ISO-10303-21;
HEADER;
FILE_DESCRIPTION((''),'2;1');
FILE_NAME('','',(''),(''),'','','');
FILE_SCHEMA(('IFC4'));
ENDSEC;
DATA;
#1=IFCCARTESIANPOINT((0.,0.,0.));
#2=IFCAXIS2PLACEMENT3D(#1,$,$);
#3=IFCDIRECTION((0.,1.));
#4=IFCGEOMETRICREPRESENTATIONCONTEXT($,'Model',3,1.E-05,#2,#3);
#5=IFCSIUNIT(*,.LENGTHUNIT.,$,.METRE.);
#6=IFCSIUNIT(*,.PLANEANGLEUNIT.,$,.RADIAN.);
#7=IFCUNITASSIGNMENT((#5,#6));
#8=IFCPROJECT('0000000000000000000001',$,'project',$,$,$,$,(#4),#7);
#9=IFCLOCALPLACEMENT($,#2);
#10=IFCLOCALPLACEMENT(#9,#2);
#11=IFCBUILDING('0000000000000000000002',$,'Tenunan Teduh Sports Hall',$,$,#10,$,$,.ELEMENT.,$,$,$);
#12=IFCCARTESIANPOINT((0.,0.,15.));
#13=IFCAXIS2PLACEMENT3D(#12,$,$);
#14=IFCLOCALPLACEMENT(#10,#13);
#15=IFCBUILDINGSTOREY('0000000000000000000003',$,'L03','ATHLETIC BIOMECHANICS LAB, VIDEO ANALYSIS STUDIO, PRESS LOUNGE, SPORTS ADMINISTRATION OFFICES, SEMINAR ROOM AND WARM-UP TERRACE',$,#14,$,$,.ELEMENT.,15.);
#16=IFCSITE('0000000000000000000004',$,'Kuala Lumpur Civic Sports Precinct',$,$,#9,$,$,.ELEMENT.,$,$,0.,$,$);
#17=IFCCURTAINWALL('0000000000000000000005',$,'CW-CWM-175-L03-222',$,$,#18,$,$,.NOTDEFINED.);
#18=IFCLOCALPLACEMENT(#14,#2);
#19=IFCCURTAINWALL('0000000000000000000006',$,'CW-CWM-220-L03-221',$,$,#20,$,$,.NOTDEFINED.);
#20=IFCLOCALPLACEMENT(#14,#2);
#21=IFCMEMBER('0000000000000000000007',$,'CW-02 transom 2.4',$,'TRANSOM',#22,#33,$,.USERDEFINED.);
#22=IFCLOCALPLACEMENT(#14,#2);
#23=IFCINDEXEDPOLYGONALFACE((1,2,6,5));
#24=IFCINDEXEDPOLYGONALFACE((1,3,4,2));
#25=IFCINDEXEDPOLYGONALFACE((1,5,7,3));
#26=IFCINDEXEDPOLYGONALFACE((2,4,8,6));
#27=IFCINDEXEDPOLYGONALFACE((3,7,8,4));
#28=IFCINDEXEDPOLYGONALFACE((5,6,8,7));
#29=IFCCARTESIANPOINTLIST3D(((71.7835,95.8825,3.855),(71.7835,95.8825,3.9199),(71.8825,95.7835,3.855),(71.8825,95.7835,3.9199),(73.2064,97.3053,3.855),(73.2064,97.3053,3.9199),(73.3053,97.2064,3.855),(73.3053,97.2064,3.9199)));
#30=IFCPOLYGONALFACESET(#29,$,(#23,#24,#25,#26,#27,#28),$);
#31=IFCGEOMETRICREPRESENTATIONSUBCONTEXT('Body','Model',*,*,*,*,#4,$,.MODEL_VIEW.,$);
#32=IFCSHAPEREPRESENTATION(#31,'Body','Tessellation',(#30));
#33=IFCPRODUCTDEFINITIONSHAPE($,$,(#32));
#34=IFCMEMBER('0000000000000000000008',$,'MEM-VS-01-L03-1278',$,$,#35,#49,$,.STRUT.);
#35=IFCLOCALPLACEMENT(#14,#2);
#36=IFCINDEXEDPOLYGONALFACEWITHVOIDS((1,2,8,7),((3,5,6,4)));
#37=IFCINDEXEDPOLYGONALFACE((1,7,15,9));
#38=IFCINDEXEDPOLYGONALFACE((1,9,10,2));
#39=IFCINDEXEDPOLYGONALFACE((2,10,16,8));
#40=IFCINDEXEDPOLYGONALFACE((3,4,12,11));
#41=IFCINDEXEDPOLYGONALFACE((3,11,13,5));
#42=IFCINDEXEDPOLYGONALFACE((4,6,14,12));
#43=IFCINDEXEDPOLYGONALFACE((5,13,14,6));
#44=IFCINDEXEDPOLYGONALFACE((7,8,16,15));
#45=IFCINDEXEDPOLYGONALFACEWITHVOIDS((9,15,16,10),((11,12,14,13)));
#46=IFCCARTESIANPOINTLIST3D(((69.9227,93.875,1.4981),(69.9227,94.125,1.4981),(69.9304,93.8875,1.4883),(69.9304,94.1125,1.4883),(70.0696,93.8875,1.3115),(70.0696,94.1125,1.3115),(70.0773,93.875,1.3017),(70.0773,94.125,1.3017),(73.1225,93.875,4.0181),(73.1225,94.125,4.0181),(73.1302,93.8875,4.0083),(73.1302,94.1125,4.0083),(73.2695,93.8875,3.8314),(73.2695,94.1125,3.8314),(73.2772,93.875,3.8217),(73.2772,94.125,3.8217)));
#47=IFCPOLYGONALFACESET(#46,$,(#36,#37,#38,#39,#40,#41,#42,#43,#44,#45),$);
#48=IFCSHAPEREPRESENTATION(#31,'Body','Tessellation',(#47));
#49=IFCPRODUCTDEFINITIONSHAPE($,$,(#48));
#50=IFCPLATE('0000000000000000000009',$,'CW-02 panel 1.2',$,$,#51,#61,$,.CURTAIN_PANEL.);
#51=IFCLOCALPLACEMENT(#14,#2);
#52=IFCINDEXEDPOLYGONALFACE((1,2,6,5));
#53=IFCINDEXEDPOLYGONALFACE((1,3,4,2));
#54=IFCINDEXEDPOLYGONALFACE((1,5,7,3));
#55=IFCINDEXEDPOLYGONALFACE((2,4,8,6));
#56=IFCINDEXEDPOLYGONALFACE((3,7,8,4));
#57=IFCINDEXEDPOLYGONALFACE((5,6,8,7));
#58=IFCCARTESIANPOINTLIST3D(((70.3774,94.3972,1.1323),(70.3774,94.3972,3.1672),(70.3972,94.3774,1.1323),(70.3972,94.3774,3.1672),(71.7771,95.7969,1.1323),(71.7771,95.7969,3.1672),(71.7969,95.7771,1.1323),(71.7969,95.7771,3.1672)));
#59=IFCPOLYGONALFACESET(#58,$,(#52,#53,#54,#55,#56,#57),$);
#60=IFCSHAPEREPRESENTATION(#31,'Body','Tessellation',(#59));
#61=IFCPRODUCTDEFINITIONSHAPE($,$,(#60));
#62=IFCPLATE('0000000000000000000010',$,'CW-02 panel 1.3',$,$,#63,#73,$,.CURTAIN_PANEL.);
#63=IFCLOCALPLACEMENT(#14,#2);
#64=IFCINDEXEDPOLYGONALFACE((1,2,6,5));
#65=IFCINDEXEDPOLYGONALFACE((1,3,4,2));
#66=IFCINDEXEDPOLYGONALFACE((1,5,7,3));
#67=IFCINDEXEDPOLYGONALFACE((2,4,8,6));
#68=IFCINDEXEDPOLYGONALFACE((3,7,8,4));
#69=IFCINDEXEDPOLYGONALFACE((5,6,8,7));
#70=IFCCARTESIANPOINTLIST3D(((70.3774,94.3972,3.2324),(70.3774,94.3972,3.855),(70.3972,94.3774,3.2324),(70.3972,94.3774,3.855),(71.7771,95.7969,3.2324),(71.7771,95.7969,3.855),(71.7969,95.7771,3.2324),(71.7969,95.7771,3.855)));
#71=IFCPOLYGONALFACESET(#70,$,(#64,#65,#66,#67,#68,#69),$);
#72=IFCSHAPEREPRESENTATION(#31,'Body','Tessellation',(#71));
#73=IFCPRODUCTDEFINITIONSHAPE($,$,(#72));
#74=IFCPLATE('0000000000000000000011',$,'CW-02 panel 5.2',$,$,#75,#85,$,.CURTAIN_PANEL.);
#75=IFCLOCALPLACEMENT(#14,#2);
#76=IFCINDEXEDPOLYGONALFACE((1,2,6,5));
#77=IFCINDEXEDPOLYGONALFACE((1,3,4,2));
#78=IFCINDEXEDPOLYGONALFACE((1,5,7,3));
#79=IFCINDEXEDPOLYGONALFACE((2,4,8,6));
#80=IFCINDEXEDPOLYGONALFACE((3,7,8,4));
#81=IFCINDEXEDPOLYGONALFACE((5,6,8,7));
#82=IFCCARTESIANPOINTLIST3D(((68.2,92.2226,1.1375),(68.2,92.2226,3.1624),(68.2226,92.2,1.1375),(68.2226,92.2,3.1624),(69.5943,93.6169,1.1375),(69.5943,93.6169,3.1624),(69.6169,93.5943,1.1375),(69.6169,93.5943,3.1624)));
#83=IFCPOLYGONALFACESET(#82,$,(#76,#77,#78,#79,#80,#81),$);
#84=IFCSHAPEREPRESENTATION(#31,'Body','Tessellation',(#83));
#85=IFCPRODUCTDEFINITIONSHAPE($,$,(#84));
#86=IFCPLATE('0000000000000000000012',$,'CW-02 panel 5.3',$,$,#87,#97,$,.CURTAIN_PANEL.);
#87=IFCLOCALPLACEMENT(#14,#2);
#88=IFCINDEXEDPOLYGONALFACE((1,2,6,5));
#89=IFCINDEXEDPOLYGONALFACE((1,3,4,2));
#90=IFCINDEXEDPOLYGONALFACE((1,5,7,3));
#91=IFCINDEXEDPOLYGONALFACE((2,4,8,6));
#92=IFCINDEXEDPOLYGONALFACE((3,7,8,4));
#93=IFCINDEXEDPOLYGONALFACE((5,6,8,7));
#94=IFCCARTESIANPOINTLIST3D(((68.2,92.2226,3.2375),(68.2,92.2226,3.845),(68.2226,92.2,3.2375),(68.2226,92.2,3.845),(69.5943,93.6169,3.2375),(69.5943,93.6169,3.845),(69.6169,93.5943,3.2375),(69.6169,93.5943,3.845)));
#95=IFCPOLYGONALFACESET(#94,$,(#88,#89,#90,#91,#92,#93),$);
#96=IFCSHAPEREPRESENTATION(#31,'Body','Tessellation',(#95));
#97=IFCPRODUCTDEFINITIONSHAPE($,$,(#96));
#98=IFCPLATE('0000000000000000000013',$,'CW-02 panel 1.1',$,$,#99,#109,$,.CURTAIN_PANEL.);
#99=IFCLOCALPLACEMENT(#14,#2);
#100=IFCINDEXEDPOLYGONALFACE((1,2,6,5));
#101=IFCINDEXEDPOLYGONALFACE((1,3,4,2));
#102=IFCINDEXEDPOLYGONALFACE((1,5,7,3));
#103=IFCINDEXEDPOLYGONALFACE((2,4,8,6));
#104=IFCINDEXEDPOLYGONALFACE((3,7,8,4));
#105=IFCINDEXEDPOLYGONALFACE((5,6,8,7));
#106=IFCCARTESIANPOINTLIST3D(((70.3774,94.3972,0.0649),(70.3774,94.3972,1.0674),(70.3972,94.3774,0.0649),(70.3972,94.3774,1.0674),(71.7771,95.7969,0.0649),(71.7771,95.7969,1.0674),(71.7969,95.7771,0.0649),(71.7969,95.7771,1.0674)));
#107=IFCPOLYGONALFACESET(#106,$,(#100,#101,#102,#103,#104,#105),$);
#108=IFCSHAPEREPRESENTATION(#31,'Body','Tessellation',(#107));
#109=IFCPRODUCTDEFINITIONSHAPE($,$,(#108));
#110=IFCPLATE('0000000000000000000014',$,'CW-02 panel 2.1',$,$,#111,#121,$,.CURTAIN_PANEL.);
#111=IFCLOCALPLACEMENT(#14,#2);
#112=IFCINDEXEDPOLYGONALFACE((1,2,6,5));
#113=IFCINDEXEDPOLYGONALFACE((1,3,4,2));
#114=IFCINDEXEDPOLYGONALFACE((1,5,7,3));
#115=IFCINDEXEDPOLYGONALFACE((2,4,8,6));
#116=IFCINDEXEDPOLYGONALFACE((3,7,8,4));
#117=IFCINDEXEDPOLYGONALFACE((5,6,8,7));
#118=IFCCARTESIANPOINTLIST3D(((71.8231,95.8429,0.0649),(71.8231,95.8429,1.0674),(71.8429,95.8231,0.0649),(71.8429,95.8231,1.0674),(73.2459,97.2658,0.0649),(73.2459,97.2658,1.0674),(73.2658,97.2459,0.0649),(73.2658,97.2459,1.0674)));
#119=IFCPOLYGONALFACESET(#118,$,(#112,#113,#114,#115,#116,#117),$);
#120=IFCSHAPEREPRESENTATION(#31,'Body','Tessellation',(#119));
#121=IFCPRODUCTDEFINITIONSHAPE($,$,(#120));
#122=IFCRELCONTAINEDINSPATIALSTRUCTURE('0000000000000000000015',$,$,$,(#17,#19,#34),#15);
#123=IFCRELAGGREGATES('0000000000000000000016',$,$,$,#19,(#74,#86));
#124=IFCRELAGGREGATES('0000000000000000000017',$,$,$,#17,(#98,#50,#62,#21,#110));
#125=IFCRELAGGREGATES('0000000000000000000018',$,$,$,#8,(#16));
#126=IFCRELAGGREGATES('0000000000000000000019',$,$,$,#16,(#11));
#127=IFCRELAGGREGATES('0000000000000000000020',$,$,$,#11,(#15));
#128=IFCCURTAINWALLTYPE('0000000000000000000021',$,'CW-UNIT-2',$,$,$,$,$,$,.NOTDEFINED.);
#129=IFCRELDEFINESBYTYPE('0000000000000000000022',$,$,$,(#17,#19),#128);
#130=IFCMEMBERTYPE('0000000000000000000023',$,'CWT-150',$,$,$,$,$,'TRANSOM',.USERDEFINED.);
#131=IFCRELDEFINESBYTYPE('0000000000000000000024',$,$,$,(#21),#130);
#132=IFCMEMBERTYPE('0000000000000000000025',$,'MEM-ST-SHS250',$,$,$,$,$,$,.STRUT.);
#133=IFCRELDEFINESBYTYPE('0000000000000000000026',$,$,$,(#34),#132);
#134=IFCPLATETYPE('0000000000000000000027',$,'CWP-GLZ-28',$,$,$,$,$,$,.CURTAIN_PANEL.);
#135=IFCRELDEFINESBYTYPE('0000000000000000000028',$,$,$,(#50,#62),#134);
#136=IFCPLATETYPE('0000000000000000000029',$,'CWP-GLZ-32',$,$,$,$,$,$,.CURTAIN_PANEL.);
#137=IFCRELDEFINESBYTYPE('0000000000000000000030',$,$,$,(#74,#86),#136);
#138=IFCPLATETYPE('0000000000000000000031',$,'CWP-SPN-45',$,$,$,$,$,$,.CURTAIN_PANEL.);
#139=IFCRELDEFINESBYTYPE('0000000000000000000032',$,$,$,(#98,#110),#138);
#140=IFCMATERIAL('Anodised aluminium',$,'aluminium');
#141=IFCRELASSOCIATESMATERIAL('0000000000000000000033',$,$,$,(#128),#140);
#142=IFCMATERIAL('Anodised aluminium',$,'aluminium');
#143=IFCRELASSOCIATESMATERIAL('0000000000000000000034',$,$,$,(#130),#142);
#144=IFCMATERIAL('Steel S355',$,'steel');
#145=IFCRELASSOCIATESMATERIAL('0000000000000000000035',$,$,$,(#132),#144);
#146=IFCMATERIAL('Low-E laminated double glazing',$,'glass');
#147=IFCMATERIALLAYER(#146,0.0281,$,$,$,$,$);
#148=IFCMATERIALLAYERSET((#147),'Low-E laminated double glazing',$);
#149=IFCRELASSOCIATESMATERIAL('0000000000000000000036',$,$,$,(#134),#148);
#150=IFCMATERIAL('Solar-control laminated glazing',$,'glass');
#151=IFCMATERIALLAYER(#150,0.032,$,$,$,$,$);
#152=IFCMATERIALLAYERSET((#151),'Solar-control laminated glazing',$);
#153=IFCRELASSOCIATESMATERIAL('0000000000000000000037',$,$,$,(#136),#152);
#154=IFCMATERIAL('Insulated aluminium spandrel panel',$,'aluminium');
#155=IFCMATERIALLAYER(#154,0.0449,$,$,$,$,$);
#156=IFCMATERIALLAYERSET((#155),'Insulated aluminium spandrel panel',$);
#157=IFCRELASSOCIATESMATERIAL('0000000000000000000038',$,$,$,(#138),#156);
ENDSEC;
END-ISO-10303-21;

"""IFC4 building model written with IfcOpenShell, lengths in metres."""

from ifc_helpers import new_model, si_unit, direction, frame, origin, origin_2d, place, context, subcontext, project, spatial, rectangle, hollow_rectangle, extrude, material, layer, layer_set, material_profile, profile_set, type_object, element, aggregate, save


model = new_model("IFC4")

# Units and contexts
model_context = context("Model", 3, precision=1e-05, world=origin(), true_north=direction((0.0, 1.0)))
body_context = subcontext(model_context, "Body", "Model", "MODEL_VIEW")
ifc_project = project(units=[si_unit("LENGTHUNIT", "METRE"), si_unit("PLANEANGLEUNIT", "RADIAN")], contexts=[model_context])

# Site, building, storey
site_placement = place(None, origin())
site = spatial("IfcSite", under=ifc_project, at=site_placement, Name="Kuala Lumpur Civic Sports Precinct", CompositionType="ELEMENT", RefElevation=0.0)
building_placement = place(site_placement, origin())
building = spatial("IfcBuilding", under=site, at=building_placement, Name="Tenunan Teduh Sports Hall", CompositionType="ELEMENT")
storey_placement = place(building_placement, frame((0.0, 0.0, 15.0)))
storey = spatial("IfcBuildingStorey", under=building, at=storey_placement, Name="L03", Description="ATHLETIC BIOMECHANICS LAB, VIDEO ANALYSIS STUDIO, PRESS LOUNGE, SPORTS ADMINISTRATION OFFICES, SEMINAR ROOM AND WARM-UP TERRACE", CompositionType="ELEMENT", Elevation=15.0)

# Curtain wall
ifc_material_1 = material(Name="Anodised aluminium", Category="aluminium")
curtain_wall_type = type_object("IfcCurtainWallType", Name="CW-UNIT-2", PredefinedType="NOTDEFINED", material=ifc_material_1)
curtain_wall_1_placement = place(storey_placement, origin())
curtain_wall_1 = element("IfcCurtainWall", 1, at=curtain_wall_1_placement, inside=storey, type_object=curtain_wall_type, Name="CW-CWM-175-L03-222", PredefinedType="NOTDEFINED")

# Curtain wall
curtain_wall_2_placement = place(storey_placement, origin())
curtain_wall_2 = element("IfcCurtainWall", 2, at=curtain_wall_2_placement, inside=storey, type_object=curtain_wall_type, Name="CW-CWM-220-L03-221", PredefinedType="NOTDEFINED")

# Members
ifc_material_2 = material(Name="Anodised aluminium", Category="aluminium")
ifc_material_profile_1 = material_profile(ifc_material_2, rectangle(XDim=0.0649, YDim=0.1399, at=origin_2d()), Name="CWT 65x140")
ifc_profile_set_1 = profile_set([ifc_material_profile_1], Name="Anodised aluminium")
member_type_1 = type_object("IfcMemberType", Name="CWT-150", ElementType="TRANSOM", PredefinedType="USERDEFINED", material=ifc_profile_set_1)
member_1_placement = place(storey_placement, frame((71.833, 95.833, 3.8875), z_axis=(0.707107, 0.707107, 0.0), x_axis=(0.0, 0.0, 1.0)))
member_1 = element("IfcMember", 3, at=member_1_placement, type_object=member_type_1, Name="CW-02 transom 2.4", ObjectType="TRANSOM", PredefinedType="USERDEFINED", context=body_context, shape_type="SweptSolid", body=[
    extrude(rectangle(XDim=0.0649, YDim=0.1399, at=origin_2d()), origin(), (0.0, 0.0, 1.0), 2.0122),
])
ifc_material_3 = material(Name="Steel S355", Category="steel")
ifc_material_profile_2 = material_profile(ifc_material_3, hollow_rectangle(XDim=0.25, YDim=0.25, WallThickness=0.0125, at=origin_2d()), Name="SHS 250x250x12.5")
ifc_profile_set_2 = profile_set([ifc_material_profile_2], Name="Steel S355")
member_type_2 = type_object("IfcMemberType", Name="MEM-ST-SHS250", PredefinedType="STRUT", material=ifc_profile_set_2)
member_2_placement = place(storey_placement, frame((70.0, 94.0, 1.3999), z_axis=(0.785629, 0.0, 0.618697), x_axis=(0.0, 1.0, 0.0)))
element("IfcMember", 4, at=member_2_placement, inside=storey, type_object=member_type_2, Name="MEM-VS-01-L03-1278", PredefinedType="STRUT", context=body_context, shape_type="SweptSolid", body=[
    extrude(hollow_rectangle(XDim=0.25, YDim=0.25, WallThickness=0.0125, at=origin_2d()), origin(), (0.0, 0.0, 1.0), 4.073),
])

# Plates
ifc_material_4 = material(Name="Low-E laminated double glazing", Category="glass")
ifc_layer_1 = layer(ifc_material_4, 0.0281)
ifc_layer_set_1 = layer_set([ifc_layer_1], Name="Low-E laminated double glazing")
plate_type_1 = type_object("IfcPlateType", Name="CWP-GLZ-28", PredefinedType="CURTAIN_PANEL", material=ifc_layer_set_1)
plate_1_placement = place(storey_placement, frame((71.0872, 95.0872, 1.1323), z_axis=(0.0, 0.0, 1.0), x_axis=(0.707107, 0.707107, 0.0)))
plate_1 = element("IfcPlate", 5, at=plate_1_placement, type_object=plate_type_1, Name="CW-02 panel 1.2", PredefinedType="CURTAIN_PANEL", context=body_context, shape_type="SweptSolid", body=[
    extrude(rectangle(XDim=1.9795, YDim=0.0281, at=origin_2d()), origin(), (0.0, 0.0, 1.0), 2.0349),
])
plate_2_placement = place(storey_placement, frame((71.0872, 95.0872, 3.2324), z_axis=(0.0, 0.0, 1.0), x_axis=(0.707107, 0.707107, 0.0)))
plate_2 = element("IfcPlate", 6, at=plate_2_placement, type_object=plate_type_1, Name="CW-02 panel 1.3", PredefinedType="CURTAIN_PANEL", context=body_context, shape_type="SweptSolid", body=[
    extrude(rectangle(XDim=1.9795, YDim=0.0281, at=origin_2d()), origin(), (0.0, 0.0, 1.0), 0.6226),
])
ifc_material_5 = material(Name="Solar-control laminated glazing", Category="glass")
ifc_layer_2 = layer(ifc_material_5, 0.032)
ifc_layer_set_2 = layer_set([ifc_layer_2], Name="Solar-control laminated glazing")
plate_type_2 = type_object("IfcPlateType", Name="CWP-GLZ-32", PredefinedType="CURTAIN_PANEL", material=ifc_layer_set_2)
plate_3_placement = place(storey_placement, frame((68.9084, 92.9084, 1.1375), z_axis=(0.0, 0.0, 1.0), x_axis=(0.707102, 0.707112, 0.0)))
plate_3 = element("IfcPlate", 7, at=plate_3_placement, type_object=plate_type_2, Name="CW-02 panel 5.2", PredefinedType="CURTAIN_PANEL", context=body_context, shape_type="SweptSolid", body=[
    extrude(rectangle(XDim=1.9719, YDim=0.032, at=origin_2d()), origin(), (0.0, 0.0, 1.0), 2.0249),
])
plate_4_placement = place(storey_placement, frame((68.9084, 92.9084, 3.2375), z_axis=(0.0, 0.0, 1.0), x_axis=(0.707102, 0.707112, 0.0)))
plate_4 = element("IfcPlate", 8, at=plate_4_placement, type_object=plate_type_2, Name="CW-02 panel 5.3", PredefinedType="CURTAIN_PANEL", context=body_context, shape_type="SweptSolid", body=[
    extrude(rectangle(XDim=1.9719, YDim=0.032, at=origin_2d()), origin(), (0.0, 0.0, 1.0), 0.6074),
])
aggregate(curtain_wall_2, [plate_3, plate_4])
ifc_material_6 = material(Name="Insulated aluminium spandrel panel", Category="aluminium")
ifc_layer_3 = layer(ifc_material_6, 0.0449)
ifc_layer_set_3 = layer_set([ifc_layer_3], Name="Insulated aluminium spandrel panel")
plate_type_3 = type_object("IfcPlateType", Name="CWP-SPN-45", PredefinedType="CURTAIN_PANEL", material=ifc_layer_set_3)
plate_5_placement = place(storey_placement, frame((71.0872, 95.0872, 0.0649), z_axis=(0.0, 0.0, 1.0), x_axis=(0.707107, 0.707107, 0.0)))
plate_5 = element("IfcPlate", 9, at=plate_5_placement, type_object=plate_type_3, Name="CW-02 panel 1.1", PredefinedType="CURTAIN_PANEL", context=body_context, shape_type="SweptSolid", body=[
    extrude(rectangle(XDim=1.9795, YDim=0.0281, at=origin_2d()), origin(), (0.0, 0.0, 1.0), 1.0024),
])
plate_6_placement = place(storey_placement, frame((72.5444, 96.5444, 0.0649), z_axis=(0.0, 0.0, 1.0), x_axis=(0.707107, 0.707107, 0.0)))
plate_6 = element("IfcPlate", 10, at=plate_6_placement, type_object=plate_type_3, Name="CW-02 panel 2.1", PredefinedType="CURTAIN_PANEL", context=body_context, shape_type="SweptSolid", body=[
    extrude(rectangle(XDim=2.0122, YDim=0.0281, at=origin_2d()), origin(), (0.0, 0.0, 1.0), 1.0024),
])
aggregate(curtain_wall_1, [plate_5, plate_1, plate_2, member_1, plate_6])

save(model, "model.ifc")
